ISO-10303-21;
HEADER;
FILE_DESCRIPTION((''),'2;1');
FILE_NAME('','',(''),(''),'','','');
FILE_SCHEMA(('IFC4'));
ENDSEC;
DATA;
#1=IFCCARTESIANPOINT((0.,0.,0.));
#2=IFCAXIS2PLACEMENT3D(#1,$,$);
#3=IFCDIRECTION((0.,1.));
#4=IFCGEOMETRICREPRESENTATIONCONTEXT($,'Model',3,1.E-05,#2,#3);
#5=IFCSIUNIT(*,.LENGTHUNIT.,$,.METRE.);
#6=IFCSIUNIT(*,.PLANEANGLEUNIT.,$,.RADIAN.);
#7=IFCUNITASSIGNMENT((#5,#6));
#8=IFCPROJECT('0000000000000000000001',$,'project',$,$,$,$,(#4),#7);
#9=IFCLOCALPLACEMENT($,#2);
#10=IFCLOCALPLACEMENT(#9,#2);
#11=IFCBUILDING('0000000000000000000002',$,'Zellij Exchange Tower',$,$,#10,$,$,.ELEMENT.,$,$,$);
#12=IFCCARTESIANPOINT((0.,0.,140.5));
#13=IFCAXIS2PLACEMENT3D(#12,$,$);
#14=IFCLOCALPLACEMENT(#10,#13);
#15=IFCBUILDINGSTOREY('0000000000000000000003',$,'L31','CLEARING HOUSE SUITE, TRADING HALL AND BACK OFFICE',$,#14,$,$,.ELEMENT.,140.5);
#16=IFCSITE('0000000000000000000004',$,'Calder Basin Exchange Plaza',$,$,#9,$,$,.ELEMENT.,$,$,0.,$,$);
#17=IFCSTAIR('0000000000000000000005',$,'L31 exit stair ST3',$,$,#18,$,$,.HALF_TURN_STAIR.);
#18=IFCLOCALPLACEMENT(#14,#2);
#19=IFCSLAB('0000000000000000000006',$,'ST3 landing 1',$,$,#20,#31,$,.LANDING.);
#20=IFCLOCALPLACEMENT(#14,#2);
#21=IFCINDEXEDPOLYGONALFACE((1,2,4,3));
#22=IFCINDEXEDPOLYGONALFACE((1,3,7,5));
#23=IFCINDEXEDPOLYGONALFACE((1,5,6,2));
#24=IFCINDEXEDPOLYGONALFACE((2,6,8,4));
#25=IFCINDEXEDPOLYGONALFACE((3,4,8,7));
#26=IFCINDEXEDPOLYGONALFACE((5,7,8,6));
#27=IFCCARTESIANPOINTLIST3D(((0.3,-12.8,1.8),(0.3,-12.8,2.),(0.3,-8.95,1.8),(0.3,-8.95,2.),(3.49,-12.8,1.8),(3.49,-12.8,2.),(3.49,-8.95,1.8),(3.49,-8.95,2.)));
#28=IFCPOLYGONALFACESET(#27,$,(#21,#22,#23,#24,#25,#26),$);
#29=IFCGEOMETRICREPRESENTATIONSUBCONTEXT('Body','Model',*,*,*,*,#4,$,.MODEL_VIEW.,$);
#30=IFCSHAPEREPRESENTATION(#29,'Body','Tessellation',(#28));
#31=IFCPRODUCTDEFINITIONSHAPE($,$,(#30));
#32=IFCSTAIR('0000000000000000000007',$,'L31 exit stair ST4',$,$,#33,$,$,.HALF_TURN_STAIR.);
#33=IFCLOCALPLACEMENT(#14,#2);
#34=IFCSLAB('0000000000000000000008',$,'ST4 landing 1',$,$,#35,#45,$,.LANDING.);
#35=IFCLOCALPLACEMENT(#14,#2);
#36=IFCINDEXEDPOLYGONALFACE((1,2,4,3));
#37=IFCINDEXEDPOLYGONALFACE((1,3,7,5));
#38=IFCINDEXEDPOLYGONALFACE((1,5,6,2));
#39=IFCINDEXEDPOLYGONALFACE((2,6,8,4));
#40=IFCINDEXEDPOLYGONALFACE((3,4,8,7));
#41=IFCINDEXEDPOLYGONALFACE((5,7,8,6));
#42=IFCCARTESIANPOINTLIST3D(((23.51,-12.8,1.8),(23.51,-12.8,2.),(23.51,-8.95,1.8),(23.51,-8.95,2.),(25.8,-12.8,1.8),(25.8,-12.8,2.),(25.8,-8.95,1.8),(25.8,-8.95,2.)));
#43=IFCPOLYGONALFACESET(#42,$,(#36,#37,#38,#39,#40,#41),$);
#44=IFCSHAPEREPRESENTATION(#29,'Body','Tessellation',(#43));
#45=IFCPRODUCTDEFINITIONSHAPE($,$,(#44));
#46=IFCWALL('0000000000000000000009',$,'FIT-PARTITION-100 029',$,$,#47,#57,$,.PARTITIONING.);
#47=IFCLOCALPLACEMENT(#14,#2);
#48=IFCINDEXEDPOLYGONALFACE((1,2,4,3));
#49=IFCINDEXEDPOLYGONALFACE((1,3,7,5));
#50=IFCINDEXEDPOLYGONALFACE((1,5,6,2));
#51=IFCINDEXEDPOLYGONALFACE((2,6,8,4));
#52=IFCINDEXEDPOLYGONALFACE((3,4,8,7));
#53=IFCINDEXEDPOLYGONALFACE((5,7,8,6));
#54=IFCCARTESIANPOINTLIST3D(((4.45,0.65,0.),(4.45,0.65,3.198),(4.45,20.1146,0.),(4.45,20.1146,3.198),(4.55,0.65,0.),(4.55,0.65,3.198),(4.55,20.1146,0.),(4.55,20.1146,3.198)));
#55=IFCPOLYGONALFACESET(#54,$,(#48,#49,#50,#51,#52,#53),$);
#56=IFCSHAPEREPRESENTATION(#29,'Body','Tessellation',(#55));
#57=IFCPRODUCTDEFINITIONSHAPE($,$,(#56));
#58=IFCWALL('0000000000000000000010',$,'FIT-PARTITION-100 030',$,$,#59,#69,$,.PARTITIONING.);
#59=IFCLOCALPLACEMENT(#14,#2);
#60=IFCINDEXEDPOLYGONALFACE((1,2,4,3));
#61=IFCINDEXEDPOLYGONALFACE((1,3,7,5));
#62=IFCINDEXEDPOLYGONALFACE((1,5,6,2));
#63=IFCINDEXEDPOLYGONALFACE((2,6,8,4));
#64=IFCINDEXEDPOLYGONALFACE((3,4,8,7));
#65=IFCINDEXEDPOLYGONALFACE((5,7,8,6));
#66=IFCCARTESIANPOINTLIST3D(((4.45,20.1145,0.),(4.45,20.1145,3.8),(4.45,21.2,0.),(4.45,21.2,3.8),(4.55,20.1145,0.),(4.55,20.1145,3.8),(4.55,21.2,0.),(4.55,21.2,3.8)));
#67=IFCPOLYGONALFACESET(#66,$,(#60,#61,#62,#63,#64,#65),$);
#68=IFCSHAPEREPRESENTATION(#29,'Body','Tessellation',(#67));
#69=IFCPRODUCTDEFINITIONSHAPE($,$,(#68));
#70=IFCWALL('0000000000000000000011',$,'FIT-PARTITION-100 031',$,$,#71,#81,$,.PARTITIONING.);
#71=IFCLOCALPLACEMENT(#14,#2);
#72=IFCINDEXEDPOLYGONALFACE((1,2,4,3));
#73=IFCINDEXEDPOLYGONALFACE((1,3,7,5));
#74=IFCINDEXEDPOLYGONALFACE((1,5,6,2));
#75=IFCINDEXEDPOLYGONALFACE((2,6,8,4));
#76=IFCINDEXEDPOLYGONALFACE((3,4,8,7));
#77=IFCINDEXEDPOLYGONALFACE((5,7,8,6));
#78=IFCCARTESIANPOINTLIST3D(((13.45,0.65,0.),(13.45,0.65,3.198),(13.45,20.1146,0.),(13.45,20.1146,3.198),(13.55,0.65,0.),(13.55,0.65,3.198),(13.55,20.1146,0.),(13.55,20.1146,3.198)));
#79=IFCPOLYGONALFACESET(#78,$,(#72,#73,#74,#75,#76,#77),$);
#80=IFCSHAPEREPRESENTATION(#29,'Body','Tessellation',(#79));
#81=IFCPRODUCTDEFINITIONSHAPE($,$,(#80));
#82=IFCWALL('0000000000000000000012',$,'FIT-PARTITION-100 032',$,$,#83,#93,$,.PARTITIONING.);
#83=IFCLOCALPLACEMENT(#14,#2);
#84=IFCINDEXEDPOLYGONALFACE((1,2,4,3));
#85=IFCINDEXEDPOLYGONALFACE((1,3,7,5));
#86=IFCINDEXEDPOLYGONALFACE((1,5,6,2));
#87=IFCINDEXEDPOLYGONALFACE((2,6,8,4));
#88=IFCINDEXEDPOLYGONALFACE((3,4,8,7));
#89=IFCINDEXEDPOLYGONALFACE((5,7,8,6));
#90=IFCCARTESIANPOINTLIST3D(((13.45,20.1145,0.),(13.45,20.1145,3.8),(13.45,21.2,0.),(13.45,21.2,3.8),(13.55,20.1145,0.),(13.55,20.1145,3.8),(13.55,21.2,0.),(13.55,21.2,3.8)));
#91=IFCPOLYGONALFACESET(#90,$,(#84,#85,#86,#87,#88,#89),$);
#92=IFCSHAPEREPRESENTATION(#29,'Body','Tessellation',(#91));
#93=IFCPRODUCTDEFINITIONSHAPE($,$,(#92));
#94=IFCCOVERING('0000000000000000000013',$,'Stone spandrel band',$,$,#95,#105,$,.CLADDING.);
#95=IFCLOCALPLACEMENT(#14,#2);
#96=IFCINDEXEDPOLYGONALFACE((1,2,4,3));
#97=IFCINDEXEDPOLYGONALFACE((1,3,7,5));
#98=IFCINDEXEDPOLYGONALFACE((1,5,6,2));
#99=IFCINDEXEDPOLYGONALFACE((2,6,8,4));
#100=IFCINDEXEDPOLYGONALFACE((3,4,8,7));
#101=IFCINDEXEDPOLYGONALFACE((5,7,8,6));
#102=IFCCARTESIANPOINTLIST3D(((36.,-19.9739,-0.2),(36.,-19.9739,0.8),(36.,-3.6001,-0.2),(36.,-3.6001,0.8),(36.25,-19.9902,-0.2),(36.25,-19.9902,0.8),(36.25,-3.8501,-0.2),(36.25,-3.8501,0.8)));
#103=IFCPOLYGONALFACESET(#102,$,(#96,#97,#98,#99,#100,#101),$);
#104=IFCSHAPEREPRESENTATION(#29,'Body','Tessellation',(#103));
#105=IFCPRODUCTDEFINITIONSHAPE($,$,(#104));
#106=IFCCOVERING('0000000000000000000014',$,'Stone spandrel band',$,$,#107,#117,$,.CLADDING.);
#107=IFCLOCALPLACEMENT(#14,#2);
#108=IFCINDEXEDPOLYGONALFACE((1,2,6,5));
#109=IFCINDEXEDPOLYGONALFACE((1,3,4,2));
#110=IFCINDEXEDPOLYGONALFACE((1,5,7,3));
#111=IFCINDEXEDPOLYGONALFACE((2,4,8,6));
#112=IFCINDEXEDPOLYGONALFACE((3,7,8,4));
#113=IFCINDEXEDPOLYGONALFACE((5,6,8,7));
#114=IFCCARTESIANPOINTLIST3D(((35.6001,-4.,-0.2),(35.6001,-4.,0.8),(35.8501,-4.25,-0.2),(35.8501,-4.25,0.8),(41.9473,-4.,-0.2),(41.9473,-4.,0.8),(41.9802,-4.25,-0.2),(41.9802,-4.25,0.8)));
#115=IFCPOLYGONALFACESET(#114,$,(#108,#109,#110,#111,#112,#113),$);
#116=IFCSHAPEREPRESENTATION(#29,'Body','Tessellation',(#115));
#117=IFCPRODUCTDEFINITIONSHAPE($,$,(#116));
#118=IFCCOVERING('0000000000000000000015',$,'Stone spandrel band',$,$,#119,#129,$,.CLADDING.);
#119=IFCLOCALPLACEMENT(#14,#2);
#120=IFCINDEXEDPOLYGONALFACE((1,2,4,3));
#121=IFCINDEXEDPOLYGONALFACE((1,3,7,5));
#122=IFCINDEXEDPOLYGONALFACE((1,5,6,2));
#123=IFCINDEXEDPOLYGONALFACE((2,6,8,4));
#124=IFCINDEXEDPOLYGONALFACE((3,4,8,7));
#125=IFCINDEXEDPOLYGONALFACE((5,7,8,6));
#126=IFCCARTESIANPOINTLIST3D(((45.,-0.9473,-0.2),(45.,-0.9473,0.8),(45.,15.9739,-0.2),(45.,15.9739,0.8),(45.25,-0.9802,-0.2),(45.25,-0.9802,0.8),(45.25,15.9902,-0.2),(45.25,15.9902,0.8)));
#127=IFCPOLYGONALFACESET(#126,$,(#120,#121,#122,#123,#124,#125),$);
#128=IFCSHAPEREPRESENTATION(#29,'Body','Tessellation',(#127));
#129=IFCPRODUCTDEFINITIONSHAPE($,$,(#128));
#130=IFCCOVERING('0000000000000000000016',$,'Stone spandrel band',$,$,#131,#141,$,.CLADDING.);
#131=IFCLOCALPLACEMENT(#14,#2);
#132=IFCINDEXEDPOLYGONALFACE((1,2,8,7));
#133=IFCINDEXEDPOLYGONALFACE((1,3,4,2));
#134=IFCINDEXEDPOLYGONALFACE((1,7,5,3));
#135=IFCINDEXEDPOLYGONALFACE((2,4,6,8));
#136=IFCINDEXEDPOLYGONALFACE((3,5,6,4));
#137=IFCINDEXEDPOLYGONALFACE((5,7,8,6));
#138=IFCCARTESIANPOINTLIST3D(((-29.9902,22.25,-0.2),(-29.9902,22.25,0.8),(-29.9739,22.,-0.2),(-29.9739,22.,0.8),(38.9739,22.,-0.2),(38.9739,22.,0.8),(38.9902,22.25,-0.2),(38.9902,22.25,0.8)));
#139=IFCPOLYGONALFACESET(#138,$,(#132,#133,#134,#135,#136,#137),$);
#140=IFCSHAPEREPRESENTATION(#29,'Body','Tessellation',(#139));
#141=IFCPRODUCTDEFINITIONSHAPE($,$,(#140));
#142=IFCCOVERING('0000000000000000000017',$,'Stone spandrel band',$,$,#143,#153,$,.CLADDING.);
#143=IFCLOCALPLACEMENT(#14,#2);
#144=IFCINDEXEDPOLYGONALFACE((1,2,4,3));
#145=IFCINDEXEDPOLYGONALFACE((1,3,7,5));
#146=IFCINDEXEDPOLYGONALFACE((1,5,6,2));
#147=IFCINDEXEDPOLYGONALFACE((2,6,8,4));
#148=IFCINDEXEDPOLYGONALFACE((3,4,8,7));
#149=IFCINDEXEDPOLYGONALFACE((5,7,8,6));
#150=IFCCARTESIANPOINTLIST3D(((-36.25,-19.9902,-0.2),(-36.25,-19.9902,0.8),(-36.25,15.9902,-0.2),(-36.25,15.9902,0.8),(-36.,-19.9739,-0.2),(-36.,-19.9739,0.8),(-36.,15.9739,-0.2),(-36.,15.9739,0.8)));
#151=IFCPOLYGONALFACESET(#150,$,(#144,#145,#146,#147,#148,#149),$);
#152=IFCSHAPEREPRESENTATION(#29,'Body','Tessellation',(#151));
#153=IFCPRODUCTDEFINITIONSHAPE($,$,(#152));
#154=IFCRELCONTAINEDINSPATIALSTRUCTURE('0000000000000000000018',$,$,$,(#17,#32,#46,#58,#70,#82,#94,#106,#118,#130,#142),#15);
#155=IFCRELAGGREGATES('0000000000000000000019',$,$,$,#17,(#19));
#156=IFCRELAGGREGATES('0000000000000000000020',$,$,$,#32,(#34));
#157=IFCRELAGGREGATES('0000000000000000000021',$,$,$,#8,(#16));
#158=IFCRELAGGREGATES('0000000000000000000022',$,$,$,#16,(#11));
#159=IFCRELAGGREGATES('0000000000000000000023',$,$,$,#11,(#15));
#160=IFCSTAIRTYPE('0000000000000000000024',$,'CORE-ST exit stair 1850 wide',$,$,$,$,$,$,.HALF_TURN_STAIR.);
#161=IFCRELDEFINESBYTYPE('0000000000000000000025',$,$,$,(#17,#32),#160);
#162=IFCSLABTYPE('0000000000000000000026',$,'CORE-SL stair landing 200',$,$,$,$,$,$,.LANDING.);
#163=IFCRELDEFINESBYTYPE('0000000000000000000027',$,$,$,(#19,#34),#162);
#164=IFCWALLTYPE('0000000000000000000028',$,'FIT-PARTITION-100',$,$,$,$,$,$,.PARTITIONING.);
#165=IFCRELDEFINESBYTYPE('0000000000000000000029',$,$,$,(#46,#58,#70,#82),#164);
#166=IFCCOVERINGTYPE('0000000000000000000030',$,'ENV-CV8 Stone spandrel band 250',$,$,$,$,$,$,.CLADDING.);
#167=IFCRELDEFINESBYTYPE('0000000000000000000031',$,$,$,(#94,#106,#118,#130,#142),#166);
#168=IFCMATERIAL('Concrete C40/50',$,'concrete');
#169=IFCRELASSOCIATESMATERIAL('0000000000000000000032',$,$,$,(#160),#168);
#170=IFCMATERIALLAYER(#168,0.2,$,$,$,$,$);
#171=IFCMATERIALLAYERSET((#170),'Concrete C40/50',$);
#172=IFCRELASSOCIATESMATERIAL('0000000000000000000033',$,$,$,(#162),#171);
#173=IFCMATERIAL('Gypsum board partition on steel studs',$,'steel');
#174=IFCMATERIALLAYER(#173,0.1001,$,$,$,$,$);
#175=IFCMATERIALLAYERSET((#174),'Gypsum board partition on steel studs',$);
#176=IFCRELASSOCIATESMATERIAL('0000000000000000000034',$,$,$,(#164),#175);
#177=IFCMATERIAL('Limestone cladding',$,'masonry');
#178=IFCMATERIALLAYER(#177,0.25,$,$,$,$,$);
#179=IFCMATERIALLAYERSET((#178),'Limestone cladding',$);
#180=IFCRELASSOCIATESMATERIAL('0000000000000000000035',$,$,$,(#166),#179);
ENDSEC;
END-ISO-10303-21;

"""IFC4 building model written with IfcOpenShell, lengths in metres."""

from ifc_helpers import new_model, si_unit, direction, frame, frame_2d, origin, place, context, subcontext, project, spatial, polyline, rectangle, outline, extrude, material, layer, layer_set, type_object, element, aggregate, save


model = new_model("IFC4")

# Units and contexts
model_context = context("Model", 3, precision=1e-05, world=origin(), true_north=direction((0.0, 1.0)))
body_context = subcontext(model_context, "Body", "Model", "MODEL_VIEW")
ifc_project = project(units=[si_unit("LENGTHUNIT", "METRE"), si_unit("PLANEANGLEUNIT", "RADIAN")], contexts=[model_context])

# Site, building, storey
site_placement = place(None, origin())
site = spatial("IfcSite", under=ifc_project, at=site_placement, Name="Calder Basin Exchange Plaza", CompositionType="ELEMENT", RefElevation=0.0)
building_placement = place(site_placement, origin())
building = spatial("IfcBuilding", under=site, at=building_placement, Name="Zellij Exchange Tower", CompositionType="ELEMENT")
storey_placement = place(building_placement, frame((0.0, 0.0, 140.5)))
storey = spatial("IfcBuildingStorey", under=building, at=storey_placement, Name="L31", Description="CLEARING HOUSE SUITE, TRADING HALL AND BACK OFFICE", CompositionType="ELEMENT", Elevation=140.5)

# Stairs, slabs
ifc_material_1 = material(Name="Concrete C40/50", Category="concrete")
stair_type = type_object("IfcStairType", Name="CORE-ST exit stair 1850 wide", PredefinedType="HALF_TURN_STAIR", material=ifc_material_1)
ifc_layer_1 = layer(ifc_material_1, 0.2)
ifc_layer_set_1 = layer_set([ifc_layer_1], Name="Concrete C40/50")
slab_type = type_object("IfcSlabType", Name="CORE-SL stair landing 200", PredefinedType="LANDING", material=ifc_layer_set_1)
stair_1_placement = place(storey_placement, origin())
stair_1 = element("IfcStair", 1, at=stair_1_placement, inside=storey, type_object=stair_type, Name="L31 exit stair ST3", PredefinedType="HALF_TURN_STAIR")
slab_1_placement = place(storey_placement, frame((0.0, 0.0, 1.8)))
slab_1 = element("IfcSlab", 2, at=slab_1_placement, type_object=slab_type, Name="ST3 landing 1", PredefinedType="LANDING", context=body_context, shape_type="SweptSolid", body=[
    extrude(outline(polyline([(3.49, -8.95), (0.3, -8.95), (0.3, -12.8), (3.49, -12.8), (3.49, -8.95)])), origin(), (0.0, 0.0, 1.0), 0.2),
])
aggregate(stair_1, [slab_1])
stair_2_placement = place(storey_placement, origin())
stair_2 = element("IfcStair", 3, at=stair_2_placement, inside=storey, type_object=stair_type, Name="L31 exit stair ST4", PredefinedType="HALF_TURN_STAIR")
slab_2_placement = place(storey_placement, frame((0.0, 0.0, 1.8)))
slab_2 = element("IfcSlab", 4, at=slab_2_placement, type_object=slab_type, Name="ST4 landing 1", PredefinedType="LANDING", context=body_context, shape_type="SweptSolid", body=[
    extrude(outline(polyline([(23.51, -12.8), (25.8, -12.8), (25.8, -8.95), (23.51, -8.95), (23.51, -12.8)])), origin(), (0.0, 0.0, 1.0), 0.2),
])
aggregate(stair_2, [slab_2])

# Walls
ifc_material_2 = material(Name="Gypsum board partition on steel studs", Category="steel")
ifc_layer_2 = layer(ifc_material_2, 0.1001)
ifc_layer_set_2 = layer_set([ifc_layer_2], Name="Gypsum board partition on steel studs")
wall_type = type_object("IfcWallType", Name="FIT-PARTITION-100", PredefinedType="PARTITIONING", material=ifc_layer_set_2)
wall_1_placement = place(storey_placement, frame((4.5, 0.6499, 0.0), z_axis=(0.0, 0.0, 1.0), x_axis=(0.0, 1.0, 0.0)))
element("IfcWall", 5, at=wall_1_placement, inside=storey, type_object=wall_type, Name="FIT-PARTITION-100 029", PredefinedType="PARTITIONING", context=body_context, shape_type="SweptSolid", body=[
    extrude(rectangle(XDim=19.4646, YDim=0.1001, at=frame_2d((9.7324, 0.0))), origin(), (0.0, 0.0, 1.0), 3.198),
])
wall_2_placement = place(storey_placement, frame((4.5, 20.1145, 0.0), z_axis=(0.0, 0.0, 1.0), x_axis=(0.0, 1.0, 0.0)))
element("IfcWall", 6, at=wall_2_placement, inside=storey, type_object=wall_type, Name="FIT-PARTITION-100 030", PredefinedType="PARTITIONING", context=body_context, shape_type="SweptSolid", body=[
    extrude(rectangle(XDim=1.0854, YDim=0.1001, at=frame_2d((0.5427, 0.0))), origin(), (0.0, 0.0, 1.0), 3.8),
])
wall_3_placement = place(storey_placement, frame((13.5, 0.6499, 0.0), z_axis=(0.0, 0.0, 1.0), x_axis=(0.0, 1.0, 0.0)))
element("IfcWall", 7, at=wall_3_placement, inside=storey, type_object=wall_type, Name="FIT-PARTITION-100 031", PredefinedType="PARTITIONING", context=body_context, shape_type="SweptSolid", body=[
    extrude(rectangle(XDim=19.4646, YDim=0.1001, at=frame_2d((9.7324, 0.0))), origin(), (0.0, 0.0, 1.0), 3.198),
])
wall_4_placement = place(storey_placement, frame((13.5, 20.1145, 0.0), z_axis=(0.0, 0.0, 1.0), x_axis=(0.0, 1.0, 0.0)))
element("IfcWall", 8, at=wall_4_placement, inside=storey, type_object=wall_type, Name="FIT-PARTITION-100 032", PredefinedType="PARTITIONING", context=body_context, shape_type="SweptSolid", body=[
    extrude(rectangle(XDim=1.0854, YDim=0.1001, at=frame_2d((0.5427, 0.0))), origin(), (0.0, 0.0, 1.0), 3.8),
])

# Coverings
ifc_material_3 = material(Name="Limestone cladding", Category="masonry")
ifc_layer_3 = layer(ifc_material_3, 0.25)
ifc_layer_set_3 = layer_set([ifc_layer_3], Name="Limestone cladding")
covering_type = type_object("IfcCoveringType", Name="ENV-CV8 Stone spandrel band 250", PredefinedType="CLADDING", material=ifc_layer_set_3)
covering_1_placement = place(storey_placement, frame((0.0, 0.0, -0.2)))
element("IfcCovering", 9, at=covering_1_placement, inside=storey, type_object=covering_type, Name="Stone spandrel band", PredefinedType="CLADDING", context=body_context, shape_type="SweptSolid", body=[
    extrude(outline(polyline([(36.0, -19.9739), (36.0, -3.6001), (36.25, -3.8501), (36.25, -19.9902), (36.0, -19.9739)])), origin(), (0.0, 0.0, 1.0), 1.0),
])
covering_2_placement = place(storey_placement, frame((0.0, 0.0, -0.2)))
element("IfcCovering", 10, at=covering_2_placement, inside=storey, type_object=covering_type, Name="Stone spandrel band", PredefinedType="CLADDING", context=body_context, shape_type="SweptSolid", body=[
    extrude(outline(polyline([(35.6001, -4.0), (41.9473, -4.0), (41.9802, -4.25), (35.8501, -4.25), (35.6001, -4.0)])), origin(), (0.0, 0.0, 1.0), 1.0),
])
covering_3_placement = place(storey_placement, frame((0.0, 0.0, -0.2)))
element("IfcCovering", 11, at=covering_3_placement, inside=storey, type_object=covering_type, Name="Stone spandrel band", PredefinedType="CLADDING", context=body_context, shape_type="SweptSolid", body=[
    extrude(outline(polyline([(45.0, -0.9473), (45.0, 15.9739), (45.25, 15.9902), (45.25, -0.9802), (45.0, -0.9473)])), origin(), (0.0, 0.0, 1.0), 1.0),
])
covering_4_placement = place(storey_placement, frame((0.0, 0.0, -0.2)))
element("IfcCovering", 12, at=covering_4_placement, inside=storey, type_object=covering_type, Name="Stone spandrel band", PredefinedType="CLADDING", context=body_context, shape_type="SweptSolid", body=[
    extrude(outline(polyline([(38.9739, 22.0), (-29.9739, 22.0), (-29.9902, 22.25), (38.9902, 22.25), (38.9739, 22.0)])), origin(), (0.0, 0.0, 1.0), 1.0),
])
covering_5_placement = place(storey_placement, frame((0.0, 0.0, -0.2)))
element("IfcCovering", 13, at=covering_5_placement, inside=storey, type_object=covering_type, Name="Stone spandrel band", PredefinedType="CLADDING", context=body_context, shape_type="SweptSolid", body=[
    extrude(outline(polyline([(-36.0, 15.9739), (-36.0, -19.9739), (-36.25, -19.9902), (-36.25, 15.9902), (-36.0, 15.9739)])), origin(), (0.0, 0.0, 1.0), 1.0),
])

save(model, "model.ifc")
